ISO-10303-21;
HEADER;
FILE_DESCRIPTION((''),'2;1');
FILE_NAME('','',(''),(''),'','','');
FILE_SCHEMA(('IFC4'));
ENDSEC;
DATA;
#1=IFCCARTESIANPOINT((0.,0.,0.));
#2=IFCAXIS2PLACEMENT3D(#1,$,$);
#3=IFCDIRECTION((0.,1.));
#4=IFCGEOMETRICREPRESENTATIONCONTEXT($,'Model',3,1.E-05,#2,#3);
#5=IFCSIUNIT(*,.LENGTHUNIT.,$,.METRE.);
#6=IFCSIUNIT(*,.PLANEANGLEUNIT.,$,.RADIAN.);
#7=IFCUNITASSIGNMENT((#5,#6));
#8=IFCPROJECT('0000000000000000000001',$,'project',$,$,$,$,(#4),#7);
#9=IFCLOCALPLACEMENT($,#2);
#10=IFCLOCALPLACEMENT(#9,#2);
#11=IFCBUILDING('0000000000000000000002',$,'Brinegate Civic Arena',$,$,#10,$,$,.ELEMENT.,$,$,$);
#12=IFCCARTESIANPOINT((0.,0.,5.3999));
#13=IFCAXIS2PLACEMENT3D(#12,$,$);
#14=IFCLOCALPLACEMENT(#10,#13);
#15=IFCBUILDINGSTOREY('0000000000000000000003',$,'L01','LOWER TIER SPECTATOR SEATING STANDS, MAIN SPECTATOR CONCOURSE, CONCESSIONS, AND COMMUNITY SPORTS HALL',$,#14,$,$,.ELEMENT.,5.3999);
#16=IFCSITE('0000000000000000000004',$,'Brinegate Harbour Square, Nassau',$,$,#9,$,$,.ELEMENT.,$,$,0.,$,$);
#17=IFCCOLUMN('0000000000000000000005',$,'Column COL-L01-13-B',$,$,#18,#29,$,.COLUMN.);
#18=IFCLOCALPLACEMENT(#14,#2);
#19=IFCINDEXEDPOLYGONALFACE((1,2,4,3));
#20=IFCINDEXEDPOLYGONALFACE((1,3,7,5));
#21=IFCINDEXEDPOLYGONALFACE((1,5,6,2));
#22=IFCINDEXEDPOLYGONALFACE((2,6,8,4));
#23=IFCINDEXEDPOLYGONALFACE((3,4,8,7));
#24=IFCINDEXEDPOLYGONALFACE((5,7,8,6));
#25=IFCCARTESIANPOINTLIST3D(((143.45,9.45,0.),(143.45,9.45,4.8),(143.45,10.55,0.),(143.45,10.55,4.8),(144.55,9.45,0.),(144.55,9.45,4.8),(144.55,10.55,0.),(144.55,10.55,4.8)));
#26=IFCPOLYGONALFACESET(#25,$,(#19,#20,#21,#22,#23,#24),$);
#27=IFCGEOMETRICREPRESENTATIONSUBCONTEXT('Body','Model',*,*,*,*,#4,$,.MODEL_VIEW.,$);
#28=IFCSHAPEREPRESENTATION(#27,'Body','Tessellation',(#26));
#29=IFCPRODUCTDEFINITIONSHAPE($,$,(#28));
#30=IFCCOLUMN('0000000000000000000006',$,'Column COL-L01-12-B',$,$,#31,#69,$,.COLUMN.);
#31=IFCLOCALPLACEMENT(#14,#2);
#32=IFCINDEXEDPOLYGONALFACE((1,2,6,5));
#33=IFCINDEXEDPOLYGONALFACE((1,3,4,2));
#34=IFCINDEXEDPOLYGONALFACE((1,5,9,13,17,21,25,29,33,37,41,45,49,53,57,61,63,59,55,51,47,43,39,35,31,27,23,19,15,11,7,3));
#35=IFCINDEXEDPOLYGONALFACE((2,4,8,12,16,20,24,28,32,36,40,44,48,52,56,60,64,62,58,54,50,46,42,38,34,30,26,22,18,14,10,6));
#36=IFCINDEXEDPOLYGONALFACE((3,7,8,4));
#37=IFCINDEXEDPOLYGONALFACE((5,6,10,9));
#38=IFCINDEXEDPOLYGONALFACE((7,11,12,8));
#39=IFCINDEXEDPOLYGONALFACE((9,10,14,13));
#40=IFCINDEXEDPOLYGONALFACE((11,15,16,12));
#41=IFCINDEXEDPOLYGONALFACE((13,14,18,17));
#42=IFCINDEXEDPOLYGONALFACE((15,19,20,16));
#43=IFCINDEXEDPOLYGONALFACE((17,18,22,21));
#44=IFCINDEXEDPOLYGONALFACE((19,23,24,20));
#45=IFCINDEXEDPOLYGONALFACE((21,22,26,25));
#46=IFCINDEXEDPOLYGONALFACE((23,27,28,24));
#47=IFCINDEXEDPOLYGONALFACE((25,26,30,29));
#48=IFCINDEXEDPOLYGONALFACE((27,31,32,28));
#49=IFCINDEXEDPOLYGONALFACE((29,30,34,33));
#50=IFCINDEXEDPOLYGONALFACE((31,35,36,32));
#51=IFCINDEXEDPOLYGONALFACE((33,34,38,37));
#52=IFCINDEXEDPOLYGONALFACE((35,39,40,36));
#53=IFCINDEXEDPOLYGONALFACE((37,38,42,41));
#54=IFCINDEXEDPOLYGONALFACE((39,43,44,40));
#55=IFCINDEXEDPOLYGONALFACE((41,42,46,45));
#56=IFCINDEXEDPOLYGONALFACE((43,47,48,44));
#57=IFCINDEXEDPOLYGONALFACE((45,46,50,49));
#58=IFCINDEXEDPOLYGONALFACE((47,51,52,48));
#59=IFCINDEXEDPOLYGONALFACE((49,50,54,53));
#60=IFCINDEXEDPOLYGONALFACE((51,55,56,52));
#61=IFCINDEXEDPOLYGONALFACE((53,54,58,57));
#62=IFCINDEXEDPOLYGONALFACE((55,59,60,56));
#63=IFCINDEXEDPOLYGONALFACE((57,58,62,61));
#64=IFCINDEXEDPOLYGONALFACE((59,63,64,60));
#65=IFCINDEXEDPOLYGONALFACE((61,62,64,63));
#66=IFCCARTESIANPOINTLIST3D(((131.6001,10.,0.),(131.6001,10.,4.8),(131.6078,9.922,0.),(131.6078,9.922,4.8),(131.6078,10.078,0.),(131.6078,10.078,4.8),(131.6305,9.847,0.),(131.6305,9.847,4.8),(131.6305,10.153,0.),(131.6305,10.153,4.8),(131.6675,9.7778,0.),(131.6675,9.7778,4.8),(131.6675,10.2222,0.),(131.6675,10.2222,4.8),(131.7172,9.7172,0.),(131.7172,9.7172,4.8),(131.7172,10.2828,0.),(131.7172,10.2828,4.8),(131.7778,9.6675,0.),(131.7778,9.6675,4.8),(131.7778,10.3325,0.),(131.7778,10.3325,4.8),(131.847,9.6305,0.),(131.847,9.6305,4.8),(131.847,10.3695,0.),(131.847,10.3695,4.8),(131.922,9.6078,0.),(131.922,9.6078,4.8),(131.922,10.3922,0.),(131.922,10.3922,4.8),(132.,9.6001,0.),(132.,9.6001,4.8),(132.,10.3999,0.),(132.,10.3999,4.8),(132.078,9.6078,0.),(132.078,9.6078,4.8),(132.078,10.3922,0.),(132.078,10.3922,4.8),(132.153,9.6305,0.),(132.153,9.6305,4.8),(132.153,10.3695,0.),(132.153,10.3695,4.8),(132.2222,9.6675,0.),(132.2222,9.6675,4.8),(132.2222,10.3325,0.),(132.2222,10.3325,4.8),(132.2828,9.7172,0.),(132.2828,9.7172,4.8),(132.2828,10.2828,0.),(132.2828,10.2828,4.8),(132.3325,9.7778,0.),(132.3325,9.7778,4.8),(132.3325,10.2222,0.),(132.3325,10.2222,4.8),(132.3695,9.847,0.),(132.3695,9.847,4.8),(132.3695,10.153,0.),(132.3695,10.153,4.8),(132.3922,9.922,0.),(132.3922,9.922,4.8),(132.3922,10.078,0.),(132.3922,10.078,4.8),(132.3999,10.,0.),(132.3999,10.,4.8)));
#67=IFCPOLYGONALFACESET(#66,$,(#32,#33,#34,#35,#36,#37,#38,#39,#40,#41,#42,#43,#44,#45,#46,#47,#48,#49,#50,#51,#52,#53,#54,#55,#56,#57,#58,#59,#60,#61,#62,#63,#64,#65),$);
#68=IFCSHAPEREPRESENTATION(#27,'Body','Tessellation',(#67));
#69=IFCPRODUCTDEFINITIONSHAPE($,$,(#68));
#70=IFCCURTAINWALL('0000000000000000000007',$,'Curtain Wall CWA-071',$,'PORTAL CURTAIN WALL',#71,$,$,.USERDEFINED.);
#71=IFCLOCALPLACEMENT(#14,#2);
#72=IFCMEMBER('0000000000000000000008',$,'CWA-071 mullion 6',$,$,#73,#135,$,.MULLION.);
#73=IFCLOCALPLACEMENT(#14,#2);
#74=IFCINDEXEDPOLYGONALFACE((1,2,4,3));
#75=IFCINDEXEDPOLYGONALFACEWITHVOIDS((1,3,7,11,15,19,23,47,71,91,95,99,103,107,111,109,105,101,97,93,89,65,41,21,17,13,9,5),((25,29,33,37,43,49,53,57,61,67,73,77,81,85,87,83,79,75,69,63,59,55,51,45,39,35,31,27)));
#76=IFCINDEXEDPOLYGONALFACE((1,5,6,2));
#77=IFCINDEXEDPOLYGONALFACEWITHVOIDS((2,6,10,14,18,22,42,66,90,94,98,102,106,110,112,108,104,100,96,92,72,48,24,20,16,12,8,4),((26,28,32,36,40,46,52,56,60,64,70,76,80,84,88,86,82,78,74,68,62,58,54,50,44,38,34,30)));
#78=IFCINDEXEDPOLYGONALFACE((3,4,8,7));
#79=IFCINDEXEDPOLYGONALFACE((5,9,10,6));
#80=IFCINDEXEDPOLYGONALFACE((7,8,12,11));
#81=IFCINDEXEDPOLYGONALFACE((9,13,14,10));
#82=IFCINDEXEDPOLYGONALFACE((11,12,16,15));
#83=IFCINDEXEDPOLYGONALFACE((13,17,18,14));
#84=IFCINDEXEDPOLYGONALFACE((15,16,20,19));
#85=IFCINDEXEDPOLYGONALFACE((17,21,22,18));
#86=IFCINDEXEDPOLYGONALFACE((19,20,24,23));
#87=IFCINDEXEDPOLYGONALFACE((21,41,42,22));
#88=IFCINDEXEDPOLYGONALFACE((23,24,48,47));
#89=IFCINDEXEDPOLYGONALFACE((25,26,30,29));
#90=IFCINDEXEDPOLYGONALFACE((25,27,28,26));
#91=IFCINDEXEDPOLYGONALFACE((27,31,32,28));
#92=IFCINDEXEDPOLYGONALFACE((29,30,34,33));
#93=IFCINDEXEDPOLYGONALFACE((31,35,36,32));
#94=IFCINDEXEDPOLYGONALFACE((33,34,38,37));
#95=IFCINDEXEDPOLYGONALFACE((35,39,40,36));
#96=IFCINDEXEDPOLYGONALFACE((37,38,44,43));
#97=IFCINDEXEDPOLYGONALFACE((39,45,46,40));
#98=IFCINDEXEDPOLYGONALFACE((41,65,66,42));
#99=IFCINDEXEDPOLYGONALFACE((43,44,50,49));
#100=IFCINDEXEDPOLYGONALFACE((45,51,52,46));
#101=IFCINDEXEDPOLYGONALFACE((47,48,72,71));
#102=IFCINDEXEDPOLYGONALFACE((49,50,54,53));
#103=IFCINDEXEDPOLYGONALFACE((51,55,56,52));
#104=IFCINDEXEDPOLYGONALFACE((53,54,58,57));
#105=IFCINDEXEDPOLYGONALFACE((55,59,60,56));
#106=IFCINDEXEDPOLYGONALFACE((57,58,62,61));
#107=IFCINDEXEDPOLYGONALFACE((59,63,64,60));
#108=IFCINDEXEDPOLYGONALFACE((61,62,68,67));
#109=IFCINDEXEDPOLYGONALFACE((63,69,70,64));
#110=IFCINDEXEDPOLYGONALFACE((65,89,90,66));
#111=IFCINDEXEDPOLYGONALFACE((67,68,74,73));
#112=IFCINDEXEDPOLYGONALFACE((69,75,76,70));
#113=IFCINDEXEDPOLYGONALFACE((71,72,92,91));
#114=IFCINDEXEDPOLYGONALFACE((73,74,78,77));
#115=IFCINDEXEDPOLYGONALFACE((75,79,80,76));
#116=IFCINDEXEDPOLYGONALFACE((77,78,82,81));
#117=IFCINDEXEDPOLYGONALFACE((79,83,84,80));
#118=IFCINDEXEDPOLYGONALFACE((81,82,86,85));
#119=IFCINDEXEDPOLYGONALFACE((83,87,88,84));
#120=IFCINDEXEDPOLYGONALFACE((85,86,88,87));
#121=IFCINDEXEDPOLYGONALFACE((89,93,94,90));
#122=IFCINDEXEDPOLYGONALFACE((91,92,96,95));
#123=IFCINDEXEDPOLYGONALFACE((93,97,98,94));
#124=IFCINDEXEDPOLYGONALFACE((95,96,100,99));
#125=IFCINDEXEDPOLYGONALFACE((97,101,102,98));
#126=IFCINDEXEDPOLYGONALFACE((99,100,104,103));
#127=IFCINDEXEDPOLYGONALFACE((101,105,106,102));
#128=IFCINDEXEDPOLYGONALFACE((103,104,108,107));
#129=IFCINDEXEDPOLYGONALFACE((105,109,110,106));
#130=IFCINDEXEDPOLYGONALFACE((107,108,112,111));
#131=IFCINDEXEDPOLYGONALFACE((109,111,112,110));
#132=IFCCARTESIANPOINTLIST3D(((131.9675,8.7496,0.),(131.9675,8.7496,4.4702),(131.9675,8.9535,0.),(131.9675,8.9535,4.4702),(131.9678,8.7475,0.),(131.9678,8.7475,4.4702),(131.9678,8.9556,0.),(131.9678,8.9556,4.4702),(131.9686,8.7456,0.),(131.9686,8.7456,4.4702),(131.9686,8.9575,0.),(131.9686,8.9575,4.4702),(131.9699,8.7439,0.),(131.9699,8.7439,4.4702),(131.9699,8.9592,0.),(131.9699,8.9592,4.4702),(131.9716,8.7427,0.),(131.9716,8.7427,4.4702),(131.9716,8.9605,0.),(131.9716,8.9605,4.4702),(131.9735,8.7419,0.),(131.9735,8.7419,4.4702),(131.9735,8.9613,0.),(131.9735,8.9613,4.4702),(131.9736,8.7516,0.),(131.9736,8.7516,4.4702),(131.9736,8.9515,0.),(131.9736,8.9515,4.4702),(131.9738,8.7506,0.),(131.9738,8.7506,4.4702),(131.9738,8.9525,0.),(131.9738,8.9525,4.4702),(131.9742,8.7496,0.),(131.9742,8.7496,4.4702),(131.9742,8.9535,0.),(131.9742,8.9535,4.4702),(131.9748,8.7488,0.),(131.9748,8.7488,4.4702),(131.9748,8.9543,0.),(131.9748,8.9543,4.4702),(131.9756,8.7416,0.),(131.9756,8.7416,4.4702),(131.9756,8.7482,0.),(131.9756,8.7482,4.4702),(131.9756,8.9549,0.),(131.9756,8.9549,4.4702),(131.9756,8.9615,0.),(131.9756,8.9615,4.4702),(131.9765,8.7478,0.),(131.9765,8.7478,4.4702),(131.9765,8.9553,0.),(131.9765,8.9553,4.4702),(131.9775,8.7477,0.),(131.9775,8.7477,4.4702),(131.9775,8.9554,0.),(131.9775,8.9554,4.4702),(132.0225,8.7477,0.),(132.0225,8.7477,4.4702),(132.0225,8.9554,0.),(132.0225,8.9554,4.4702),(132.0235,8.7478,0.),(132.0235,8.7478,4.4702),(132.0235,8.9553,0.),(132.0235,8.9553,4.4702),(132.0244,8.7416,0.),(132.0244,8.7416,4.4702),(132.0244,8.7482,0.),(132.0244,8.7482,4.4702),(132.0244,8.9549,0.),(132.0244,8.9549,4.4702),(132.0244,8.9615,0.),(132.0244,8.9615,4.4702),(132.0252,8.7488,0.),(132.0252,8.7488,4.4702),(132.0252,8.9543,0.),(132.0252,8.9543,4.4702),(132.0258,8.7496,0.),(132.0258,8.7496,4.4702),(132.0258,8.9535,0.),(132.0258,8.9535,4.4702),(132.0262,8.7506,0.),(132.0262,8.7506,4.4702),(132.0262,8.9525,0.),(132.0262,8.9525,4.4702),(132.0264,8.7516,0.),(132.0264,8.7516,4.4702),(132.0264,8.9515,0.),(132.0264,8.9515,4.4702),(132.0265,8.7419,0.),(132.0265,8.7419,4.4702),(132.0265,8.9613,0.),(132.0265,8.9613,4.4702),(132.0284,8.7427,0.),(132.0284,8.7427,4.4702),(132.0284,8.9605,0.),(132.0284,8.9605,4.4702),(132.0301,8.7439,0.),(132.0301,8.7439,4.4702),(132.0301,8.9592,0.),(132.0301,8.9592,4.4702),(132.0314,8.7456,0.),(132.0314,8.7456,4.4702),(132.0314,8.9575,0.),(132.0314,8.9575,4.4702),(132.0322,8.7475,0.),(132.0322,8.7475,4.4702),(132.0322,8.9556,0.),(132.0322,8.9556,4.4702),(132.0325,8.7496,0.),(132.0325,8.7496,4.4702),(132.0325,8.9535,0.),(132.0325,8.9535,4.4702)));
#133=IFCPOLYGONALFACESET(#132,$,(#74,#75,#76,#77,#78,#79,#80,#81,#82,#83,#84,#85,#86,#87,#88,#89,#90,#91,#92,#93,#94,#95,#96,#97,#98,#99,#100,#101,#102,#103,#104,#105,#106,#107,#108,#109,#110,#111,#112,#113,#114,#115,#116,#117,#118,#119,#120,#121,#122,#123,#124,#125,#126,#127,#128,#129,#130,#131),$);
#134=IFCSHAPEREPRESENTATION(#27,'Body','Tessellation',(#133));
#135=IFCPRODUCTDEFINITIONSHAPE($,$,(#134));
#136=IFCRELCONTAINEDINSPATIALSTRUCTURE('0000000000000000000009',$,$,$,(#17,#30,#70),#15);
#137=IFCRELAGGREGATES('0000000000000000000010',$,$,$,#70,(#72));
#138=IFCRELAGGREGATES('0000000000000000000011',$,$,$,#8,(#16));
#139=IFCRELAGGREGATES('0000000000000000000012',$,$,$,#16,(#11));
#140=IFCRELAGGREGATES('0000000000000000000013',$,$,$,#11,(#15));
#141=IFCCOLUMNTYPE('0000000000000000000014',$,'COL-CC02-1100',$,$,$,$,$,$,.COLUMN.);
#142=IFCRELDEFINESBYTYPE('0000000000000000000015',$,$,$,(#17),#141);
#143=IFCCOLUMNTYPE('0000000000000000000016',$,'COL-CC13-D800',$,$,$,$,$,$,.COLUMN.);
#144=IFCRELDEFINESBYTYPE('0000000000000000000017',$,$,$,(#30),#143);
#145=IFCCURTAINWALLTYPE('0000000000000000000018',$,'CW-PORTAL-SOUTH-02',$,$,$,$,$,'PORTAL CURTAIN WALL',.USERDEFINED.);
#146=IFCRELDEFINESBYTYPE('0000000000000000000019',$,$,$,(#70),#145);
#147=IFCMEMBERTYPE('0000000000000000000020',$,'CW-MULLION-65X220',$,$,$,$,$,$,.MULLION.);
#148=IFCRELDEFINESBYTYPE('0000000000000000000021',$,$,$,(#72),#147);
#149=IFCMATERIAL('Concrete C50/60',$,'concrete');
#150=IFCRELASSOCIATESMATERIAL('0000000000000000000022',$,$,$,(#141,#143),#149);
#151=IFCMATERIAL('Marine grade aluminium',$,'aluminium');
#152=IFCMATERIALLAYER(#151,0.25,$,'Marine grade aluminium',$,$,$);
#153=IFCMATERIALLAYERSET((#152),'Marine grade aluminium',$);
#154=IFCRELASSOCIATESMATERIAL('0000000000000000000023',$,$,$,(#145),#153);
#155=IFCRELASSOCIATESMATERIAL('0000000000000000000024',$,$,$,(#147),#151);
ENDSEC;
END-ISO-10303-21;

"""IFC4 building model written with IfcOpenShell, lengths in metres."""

from ifc_helpers import new_model, si_unit, direction, frame, origin, origin_2d, place, context, subcontext, project, spatial, rectangle, hollow_rectangle, circle, extrude, material, layer, layer_set, material_profile, profile_set, type_object, element, aggregate, save


model = new_model("IFC4")

# Units and contexts
model_context = context("Model", 3, precision=1e-05, world=origin(), true_north=direction((0.0, 1.0)))
body_context = subcontext(model_context, "Body", "Model", "MODEL_VIEW")
ifc_project = project(units=[si_unit("LENGTHUNIT", "METRE"), si_unit("PLANEANGLEUNIT", "RADIAN")], contexts=[model_context])

# Site, building, storey
site_placement = place(None, origin())
site = spatial("IfcSite", under=ifc_project, at=site_placement, Name="Brinegate Harbour Square, Nassau", CompositionType="ELEMENT", RefElevation=0.0)
building_placement = place(site_placement, origin())
building = spatial("IfcBuilding", under=site, at=building_placement, Name="Brinegate Civic Arena", CompositionType="ELEMENT")
storey_placement = place(building_placement, frame((0.0, 0.0, 5.3999)))
storey = spatial("IfcBuildingStorey", under=building, at=storey_placement, Name="L01", Description="LOWER TIER SPECTATOR SEATING STANDS, MAIN SPECTATOR CONCOURSE, CONCESSIONS, AND COMMUNITY SPORTS HALL", CompositionType="ELEMENT", Elevation=5.3999)

# Columns
ifc_material_1 = material(Name="Concrete C50/60", Category="concrete")
ifc_material_profile_1 = material_profile(ifc_material_1, rectangle(XDim=1.1001, YDim=1.1001, at=origin_2d()), Name="RC1100X1100")
ifc_profile_set_1 = profile_set([ifc_material_profile_1], Name="Concrete C50/60")
column_type_1 = type_object("IfcColumnType", Name="COL-CC02-1100", PredefinedType="COLUMN", material=ifc_profile_set_1)
column_1_placement = place(storey_placement, frame((144.0, 10.0, 0.0), z_axis=(0.0, 0.0, 1.0), x_axis=(1.0, 0.0, 0.0)))
element("IfcColumn", 1, at=column_1_placement, inside=storey, type_object=column_type_1, Name="Column COL-L01-13-B", PredefinedType="COLUMN", context=body_context, shape_type="SweptSolid", body=[
    extrude(rectangle(XDim=1.1001, YDim=1.1001, at=origin_2d()), origin(), (0.0, 0.0, 1.0), 4.8),
])
ifc_material_profile_2 = material_profile(ifc_material_1, circle(Radius=0.3999, at=origin_2d()), Name="RCD800")
ifc_profile_set_2 = profile_set([ifc_material_profile_2], Name="Concrete C50/60")
column_type_2 = type_object("IfcColumnType", Name="COL-CC13-D800", PredefinedType="COLUMN", material=ifc_profile_set_2)
column_2_placement = place(storey_placement, frame((132.0, 10.0, 0.0), z_axis=(0.0, 0.0, 1.0), x_axis=(1.0, 0.0, 0.0)))
element("IfcColumn", 2, at=column_2_placement, inside=storey, type_object=column_type_2, Name="Column COL-L01-12-B", PredefinedType="COLUMN", context=body_context, shape_type="SweptSolid", body=[
    extrude(circle(Radius=0.3999, at=origin_2d()), origin(), (0.0, 0.0, 1.0), 4.8),
])

# Curtain wall, member
ifc_material_2 = material(Name="Marine grade aluminium", Category="aluminium")
ifc_layer_1 = layer(ifc_material_2, 0.25, Name="Marine grade aluminium")
ifc_layer_set_1 = layer_set([ifc_layer_1], Name="Marine grade aluminium")
curtain_wall_type = type_object("IfcCurtainWallType", Name="CW-PORTAL-SOUTH-02", ElementType="PORTAL CURTAIN WALL", PredefinedType="USERDEFINED", material=ifc_layer_set_1)
curtain_wall_placement = place(storey_placement, origin())
curtain_wall = element("IfcCurtainWall", 3, at=curtain_wall_placement, inside=storey, type_object=curtain_wall_type, Name="Curtain Wall CWA-071", ObjectType="PORTAL CURTAIN WALL", PredefinedType="USERDEFINED")
ifc_material_profile_3 = material_profile(ifc_material_2, hollow_rectangle(XDim=0.0649, YDim=0.22, WallThickness=0.0061, InnerFilletRadius=0.0039, OuterFilletRadius=0.0081, at=origin_2d()), Name="MUL65X220")
ifc_profile_set_3 = profile_set([ifc_material_profile_3], Name="Marine grade aluminium")
member_type_1 = type_object("IfcMemberType", Name="CW-MULLION-65X220", PredefinedType="MULLION", material=ifc_profile_set_3)
member_1_placement = place(storey_placement, frame((132.0, 8.8516, 0.0), z_axis=(0.0, 0.0, 1.0), x_axis=(-1.0, 0.0, 0.0)))
member_1 = element("IfcMember", 4, at=member_1_placement, type_object=member_type_1, Name="CWA-071 mullion 6", PredefinedType="MULLION", context=body_context, shape_type="SweptSolid", body=[
    extrude(hollow_rectangle(XDim=0.0649, YDim=0.22, WallThickness=0.0061, InnerFilletRadius=0.0039, OuterFilletRadius=0.0081, at=origin_2d()), origin(), (0.0, 0.0, 1.0), 4.4702),
])

aggregate(curtain_wall, [member_1])

save(model, "model.ifc")
